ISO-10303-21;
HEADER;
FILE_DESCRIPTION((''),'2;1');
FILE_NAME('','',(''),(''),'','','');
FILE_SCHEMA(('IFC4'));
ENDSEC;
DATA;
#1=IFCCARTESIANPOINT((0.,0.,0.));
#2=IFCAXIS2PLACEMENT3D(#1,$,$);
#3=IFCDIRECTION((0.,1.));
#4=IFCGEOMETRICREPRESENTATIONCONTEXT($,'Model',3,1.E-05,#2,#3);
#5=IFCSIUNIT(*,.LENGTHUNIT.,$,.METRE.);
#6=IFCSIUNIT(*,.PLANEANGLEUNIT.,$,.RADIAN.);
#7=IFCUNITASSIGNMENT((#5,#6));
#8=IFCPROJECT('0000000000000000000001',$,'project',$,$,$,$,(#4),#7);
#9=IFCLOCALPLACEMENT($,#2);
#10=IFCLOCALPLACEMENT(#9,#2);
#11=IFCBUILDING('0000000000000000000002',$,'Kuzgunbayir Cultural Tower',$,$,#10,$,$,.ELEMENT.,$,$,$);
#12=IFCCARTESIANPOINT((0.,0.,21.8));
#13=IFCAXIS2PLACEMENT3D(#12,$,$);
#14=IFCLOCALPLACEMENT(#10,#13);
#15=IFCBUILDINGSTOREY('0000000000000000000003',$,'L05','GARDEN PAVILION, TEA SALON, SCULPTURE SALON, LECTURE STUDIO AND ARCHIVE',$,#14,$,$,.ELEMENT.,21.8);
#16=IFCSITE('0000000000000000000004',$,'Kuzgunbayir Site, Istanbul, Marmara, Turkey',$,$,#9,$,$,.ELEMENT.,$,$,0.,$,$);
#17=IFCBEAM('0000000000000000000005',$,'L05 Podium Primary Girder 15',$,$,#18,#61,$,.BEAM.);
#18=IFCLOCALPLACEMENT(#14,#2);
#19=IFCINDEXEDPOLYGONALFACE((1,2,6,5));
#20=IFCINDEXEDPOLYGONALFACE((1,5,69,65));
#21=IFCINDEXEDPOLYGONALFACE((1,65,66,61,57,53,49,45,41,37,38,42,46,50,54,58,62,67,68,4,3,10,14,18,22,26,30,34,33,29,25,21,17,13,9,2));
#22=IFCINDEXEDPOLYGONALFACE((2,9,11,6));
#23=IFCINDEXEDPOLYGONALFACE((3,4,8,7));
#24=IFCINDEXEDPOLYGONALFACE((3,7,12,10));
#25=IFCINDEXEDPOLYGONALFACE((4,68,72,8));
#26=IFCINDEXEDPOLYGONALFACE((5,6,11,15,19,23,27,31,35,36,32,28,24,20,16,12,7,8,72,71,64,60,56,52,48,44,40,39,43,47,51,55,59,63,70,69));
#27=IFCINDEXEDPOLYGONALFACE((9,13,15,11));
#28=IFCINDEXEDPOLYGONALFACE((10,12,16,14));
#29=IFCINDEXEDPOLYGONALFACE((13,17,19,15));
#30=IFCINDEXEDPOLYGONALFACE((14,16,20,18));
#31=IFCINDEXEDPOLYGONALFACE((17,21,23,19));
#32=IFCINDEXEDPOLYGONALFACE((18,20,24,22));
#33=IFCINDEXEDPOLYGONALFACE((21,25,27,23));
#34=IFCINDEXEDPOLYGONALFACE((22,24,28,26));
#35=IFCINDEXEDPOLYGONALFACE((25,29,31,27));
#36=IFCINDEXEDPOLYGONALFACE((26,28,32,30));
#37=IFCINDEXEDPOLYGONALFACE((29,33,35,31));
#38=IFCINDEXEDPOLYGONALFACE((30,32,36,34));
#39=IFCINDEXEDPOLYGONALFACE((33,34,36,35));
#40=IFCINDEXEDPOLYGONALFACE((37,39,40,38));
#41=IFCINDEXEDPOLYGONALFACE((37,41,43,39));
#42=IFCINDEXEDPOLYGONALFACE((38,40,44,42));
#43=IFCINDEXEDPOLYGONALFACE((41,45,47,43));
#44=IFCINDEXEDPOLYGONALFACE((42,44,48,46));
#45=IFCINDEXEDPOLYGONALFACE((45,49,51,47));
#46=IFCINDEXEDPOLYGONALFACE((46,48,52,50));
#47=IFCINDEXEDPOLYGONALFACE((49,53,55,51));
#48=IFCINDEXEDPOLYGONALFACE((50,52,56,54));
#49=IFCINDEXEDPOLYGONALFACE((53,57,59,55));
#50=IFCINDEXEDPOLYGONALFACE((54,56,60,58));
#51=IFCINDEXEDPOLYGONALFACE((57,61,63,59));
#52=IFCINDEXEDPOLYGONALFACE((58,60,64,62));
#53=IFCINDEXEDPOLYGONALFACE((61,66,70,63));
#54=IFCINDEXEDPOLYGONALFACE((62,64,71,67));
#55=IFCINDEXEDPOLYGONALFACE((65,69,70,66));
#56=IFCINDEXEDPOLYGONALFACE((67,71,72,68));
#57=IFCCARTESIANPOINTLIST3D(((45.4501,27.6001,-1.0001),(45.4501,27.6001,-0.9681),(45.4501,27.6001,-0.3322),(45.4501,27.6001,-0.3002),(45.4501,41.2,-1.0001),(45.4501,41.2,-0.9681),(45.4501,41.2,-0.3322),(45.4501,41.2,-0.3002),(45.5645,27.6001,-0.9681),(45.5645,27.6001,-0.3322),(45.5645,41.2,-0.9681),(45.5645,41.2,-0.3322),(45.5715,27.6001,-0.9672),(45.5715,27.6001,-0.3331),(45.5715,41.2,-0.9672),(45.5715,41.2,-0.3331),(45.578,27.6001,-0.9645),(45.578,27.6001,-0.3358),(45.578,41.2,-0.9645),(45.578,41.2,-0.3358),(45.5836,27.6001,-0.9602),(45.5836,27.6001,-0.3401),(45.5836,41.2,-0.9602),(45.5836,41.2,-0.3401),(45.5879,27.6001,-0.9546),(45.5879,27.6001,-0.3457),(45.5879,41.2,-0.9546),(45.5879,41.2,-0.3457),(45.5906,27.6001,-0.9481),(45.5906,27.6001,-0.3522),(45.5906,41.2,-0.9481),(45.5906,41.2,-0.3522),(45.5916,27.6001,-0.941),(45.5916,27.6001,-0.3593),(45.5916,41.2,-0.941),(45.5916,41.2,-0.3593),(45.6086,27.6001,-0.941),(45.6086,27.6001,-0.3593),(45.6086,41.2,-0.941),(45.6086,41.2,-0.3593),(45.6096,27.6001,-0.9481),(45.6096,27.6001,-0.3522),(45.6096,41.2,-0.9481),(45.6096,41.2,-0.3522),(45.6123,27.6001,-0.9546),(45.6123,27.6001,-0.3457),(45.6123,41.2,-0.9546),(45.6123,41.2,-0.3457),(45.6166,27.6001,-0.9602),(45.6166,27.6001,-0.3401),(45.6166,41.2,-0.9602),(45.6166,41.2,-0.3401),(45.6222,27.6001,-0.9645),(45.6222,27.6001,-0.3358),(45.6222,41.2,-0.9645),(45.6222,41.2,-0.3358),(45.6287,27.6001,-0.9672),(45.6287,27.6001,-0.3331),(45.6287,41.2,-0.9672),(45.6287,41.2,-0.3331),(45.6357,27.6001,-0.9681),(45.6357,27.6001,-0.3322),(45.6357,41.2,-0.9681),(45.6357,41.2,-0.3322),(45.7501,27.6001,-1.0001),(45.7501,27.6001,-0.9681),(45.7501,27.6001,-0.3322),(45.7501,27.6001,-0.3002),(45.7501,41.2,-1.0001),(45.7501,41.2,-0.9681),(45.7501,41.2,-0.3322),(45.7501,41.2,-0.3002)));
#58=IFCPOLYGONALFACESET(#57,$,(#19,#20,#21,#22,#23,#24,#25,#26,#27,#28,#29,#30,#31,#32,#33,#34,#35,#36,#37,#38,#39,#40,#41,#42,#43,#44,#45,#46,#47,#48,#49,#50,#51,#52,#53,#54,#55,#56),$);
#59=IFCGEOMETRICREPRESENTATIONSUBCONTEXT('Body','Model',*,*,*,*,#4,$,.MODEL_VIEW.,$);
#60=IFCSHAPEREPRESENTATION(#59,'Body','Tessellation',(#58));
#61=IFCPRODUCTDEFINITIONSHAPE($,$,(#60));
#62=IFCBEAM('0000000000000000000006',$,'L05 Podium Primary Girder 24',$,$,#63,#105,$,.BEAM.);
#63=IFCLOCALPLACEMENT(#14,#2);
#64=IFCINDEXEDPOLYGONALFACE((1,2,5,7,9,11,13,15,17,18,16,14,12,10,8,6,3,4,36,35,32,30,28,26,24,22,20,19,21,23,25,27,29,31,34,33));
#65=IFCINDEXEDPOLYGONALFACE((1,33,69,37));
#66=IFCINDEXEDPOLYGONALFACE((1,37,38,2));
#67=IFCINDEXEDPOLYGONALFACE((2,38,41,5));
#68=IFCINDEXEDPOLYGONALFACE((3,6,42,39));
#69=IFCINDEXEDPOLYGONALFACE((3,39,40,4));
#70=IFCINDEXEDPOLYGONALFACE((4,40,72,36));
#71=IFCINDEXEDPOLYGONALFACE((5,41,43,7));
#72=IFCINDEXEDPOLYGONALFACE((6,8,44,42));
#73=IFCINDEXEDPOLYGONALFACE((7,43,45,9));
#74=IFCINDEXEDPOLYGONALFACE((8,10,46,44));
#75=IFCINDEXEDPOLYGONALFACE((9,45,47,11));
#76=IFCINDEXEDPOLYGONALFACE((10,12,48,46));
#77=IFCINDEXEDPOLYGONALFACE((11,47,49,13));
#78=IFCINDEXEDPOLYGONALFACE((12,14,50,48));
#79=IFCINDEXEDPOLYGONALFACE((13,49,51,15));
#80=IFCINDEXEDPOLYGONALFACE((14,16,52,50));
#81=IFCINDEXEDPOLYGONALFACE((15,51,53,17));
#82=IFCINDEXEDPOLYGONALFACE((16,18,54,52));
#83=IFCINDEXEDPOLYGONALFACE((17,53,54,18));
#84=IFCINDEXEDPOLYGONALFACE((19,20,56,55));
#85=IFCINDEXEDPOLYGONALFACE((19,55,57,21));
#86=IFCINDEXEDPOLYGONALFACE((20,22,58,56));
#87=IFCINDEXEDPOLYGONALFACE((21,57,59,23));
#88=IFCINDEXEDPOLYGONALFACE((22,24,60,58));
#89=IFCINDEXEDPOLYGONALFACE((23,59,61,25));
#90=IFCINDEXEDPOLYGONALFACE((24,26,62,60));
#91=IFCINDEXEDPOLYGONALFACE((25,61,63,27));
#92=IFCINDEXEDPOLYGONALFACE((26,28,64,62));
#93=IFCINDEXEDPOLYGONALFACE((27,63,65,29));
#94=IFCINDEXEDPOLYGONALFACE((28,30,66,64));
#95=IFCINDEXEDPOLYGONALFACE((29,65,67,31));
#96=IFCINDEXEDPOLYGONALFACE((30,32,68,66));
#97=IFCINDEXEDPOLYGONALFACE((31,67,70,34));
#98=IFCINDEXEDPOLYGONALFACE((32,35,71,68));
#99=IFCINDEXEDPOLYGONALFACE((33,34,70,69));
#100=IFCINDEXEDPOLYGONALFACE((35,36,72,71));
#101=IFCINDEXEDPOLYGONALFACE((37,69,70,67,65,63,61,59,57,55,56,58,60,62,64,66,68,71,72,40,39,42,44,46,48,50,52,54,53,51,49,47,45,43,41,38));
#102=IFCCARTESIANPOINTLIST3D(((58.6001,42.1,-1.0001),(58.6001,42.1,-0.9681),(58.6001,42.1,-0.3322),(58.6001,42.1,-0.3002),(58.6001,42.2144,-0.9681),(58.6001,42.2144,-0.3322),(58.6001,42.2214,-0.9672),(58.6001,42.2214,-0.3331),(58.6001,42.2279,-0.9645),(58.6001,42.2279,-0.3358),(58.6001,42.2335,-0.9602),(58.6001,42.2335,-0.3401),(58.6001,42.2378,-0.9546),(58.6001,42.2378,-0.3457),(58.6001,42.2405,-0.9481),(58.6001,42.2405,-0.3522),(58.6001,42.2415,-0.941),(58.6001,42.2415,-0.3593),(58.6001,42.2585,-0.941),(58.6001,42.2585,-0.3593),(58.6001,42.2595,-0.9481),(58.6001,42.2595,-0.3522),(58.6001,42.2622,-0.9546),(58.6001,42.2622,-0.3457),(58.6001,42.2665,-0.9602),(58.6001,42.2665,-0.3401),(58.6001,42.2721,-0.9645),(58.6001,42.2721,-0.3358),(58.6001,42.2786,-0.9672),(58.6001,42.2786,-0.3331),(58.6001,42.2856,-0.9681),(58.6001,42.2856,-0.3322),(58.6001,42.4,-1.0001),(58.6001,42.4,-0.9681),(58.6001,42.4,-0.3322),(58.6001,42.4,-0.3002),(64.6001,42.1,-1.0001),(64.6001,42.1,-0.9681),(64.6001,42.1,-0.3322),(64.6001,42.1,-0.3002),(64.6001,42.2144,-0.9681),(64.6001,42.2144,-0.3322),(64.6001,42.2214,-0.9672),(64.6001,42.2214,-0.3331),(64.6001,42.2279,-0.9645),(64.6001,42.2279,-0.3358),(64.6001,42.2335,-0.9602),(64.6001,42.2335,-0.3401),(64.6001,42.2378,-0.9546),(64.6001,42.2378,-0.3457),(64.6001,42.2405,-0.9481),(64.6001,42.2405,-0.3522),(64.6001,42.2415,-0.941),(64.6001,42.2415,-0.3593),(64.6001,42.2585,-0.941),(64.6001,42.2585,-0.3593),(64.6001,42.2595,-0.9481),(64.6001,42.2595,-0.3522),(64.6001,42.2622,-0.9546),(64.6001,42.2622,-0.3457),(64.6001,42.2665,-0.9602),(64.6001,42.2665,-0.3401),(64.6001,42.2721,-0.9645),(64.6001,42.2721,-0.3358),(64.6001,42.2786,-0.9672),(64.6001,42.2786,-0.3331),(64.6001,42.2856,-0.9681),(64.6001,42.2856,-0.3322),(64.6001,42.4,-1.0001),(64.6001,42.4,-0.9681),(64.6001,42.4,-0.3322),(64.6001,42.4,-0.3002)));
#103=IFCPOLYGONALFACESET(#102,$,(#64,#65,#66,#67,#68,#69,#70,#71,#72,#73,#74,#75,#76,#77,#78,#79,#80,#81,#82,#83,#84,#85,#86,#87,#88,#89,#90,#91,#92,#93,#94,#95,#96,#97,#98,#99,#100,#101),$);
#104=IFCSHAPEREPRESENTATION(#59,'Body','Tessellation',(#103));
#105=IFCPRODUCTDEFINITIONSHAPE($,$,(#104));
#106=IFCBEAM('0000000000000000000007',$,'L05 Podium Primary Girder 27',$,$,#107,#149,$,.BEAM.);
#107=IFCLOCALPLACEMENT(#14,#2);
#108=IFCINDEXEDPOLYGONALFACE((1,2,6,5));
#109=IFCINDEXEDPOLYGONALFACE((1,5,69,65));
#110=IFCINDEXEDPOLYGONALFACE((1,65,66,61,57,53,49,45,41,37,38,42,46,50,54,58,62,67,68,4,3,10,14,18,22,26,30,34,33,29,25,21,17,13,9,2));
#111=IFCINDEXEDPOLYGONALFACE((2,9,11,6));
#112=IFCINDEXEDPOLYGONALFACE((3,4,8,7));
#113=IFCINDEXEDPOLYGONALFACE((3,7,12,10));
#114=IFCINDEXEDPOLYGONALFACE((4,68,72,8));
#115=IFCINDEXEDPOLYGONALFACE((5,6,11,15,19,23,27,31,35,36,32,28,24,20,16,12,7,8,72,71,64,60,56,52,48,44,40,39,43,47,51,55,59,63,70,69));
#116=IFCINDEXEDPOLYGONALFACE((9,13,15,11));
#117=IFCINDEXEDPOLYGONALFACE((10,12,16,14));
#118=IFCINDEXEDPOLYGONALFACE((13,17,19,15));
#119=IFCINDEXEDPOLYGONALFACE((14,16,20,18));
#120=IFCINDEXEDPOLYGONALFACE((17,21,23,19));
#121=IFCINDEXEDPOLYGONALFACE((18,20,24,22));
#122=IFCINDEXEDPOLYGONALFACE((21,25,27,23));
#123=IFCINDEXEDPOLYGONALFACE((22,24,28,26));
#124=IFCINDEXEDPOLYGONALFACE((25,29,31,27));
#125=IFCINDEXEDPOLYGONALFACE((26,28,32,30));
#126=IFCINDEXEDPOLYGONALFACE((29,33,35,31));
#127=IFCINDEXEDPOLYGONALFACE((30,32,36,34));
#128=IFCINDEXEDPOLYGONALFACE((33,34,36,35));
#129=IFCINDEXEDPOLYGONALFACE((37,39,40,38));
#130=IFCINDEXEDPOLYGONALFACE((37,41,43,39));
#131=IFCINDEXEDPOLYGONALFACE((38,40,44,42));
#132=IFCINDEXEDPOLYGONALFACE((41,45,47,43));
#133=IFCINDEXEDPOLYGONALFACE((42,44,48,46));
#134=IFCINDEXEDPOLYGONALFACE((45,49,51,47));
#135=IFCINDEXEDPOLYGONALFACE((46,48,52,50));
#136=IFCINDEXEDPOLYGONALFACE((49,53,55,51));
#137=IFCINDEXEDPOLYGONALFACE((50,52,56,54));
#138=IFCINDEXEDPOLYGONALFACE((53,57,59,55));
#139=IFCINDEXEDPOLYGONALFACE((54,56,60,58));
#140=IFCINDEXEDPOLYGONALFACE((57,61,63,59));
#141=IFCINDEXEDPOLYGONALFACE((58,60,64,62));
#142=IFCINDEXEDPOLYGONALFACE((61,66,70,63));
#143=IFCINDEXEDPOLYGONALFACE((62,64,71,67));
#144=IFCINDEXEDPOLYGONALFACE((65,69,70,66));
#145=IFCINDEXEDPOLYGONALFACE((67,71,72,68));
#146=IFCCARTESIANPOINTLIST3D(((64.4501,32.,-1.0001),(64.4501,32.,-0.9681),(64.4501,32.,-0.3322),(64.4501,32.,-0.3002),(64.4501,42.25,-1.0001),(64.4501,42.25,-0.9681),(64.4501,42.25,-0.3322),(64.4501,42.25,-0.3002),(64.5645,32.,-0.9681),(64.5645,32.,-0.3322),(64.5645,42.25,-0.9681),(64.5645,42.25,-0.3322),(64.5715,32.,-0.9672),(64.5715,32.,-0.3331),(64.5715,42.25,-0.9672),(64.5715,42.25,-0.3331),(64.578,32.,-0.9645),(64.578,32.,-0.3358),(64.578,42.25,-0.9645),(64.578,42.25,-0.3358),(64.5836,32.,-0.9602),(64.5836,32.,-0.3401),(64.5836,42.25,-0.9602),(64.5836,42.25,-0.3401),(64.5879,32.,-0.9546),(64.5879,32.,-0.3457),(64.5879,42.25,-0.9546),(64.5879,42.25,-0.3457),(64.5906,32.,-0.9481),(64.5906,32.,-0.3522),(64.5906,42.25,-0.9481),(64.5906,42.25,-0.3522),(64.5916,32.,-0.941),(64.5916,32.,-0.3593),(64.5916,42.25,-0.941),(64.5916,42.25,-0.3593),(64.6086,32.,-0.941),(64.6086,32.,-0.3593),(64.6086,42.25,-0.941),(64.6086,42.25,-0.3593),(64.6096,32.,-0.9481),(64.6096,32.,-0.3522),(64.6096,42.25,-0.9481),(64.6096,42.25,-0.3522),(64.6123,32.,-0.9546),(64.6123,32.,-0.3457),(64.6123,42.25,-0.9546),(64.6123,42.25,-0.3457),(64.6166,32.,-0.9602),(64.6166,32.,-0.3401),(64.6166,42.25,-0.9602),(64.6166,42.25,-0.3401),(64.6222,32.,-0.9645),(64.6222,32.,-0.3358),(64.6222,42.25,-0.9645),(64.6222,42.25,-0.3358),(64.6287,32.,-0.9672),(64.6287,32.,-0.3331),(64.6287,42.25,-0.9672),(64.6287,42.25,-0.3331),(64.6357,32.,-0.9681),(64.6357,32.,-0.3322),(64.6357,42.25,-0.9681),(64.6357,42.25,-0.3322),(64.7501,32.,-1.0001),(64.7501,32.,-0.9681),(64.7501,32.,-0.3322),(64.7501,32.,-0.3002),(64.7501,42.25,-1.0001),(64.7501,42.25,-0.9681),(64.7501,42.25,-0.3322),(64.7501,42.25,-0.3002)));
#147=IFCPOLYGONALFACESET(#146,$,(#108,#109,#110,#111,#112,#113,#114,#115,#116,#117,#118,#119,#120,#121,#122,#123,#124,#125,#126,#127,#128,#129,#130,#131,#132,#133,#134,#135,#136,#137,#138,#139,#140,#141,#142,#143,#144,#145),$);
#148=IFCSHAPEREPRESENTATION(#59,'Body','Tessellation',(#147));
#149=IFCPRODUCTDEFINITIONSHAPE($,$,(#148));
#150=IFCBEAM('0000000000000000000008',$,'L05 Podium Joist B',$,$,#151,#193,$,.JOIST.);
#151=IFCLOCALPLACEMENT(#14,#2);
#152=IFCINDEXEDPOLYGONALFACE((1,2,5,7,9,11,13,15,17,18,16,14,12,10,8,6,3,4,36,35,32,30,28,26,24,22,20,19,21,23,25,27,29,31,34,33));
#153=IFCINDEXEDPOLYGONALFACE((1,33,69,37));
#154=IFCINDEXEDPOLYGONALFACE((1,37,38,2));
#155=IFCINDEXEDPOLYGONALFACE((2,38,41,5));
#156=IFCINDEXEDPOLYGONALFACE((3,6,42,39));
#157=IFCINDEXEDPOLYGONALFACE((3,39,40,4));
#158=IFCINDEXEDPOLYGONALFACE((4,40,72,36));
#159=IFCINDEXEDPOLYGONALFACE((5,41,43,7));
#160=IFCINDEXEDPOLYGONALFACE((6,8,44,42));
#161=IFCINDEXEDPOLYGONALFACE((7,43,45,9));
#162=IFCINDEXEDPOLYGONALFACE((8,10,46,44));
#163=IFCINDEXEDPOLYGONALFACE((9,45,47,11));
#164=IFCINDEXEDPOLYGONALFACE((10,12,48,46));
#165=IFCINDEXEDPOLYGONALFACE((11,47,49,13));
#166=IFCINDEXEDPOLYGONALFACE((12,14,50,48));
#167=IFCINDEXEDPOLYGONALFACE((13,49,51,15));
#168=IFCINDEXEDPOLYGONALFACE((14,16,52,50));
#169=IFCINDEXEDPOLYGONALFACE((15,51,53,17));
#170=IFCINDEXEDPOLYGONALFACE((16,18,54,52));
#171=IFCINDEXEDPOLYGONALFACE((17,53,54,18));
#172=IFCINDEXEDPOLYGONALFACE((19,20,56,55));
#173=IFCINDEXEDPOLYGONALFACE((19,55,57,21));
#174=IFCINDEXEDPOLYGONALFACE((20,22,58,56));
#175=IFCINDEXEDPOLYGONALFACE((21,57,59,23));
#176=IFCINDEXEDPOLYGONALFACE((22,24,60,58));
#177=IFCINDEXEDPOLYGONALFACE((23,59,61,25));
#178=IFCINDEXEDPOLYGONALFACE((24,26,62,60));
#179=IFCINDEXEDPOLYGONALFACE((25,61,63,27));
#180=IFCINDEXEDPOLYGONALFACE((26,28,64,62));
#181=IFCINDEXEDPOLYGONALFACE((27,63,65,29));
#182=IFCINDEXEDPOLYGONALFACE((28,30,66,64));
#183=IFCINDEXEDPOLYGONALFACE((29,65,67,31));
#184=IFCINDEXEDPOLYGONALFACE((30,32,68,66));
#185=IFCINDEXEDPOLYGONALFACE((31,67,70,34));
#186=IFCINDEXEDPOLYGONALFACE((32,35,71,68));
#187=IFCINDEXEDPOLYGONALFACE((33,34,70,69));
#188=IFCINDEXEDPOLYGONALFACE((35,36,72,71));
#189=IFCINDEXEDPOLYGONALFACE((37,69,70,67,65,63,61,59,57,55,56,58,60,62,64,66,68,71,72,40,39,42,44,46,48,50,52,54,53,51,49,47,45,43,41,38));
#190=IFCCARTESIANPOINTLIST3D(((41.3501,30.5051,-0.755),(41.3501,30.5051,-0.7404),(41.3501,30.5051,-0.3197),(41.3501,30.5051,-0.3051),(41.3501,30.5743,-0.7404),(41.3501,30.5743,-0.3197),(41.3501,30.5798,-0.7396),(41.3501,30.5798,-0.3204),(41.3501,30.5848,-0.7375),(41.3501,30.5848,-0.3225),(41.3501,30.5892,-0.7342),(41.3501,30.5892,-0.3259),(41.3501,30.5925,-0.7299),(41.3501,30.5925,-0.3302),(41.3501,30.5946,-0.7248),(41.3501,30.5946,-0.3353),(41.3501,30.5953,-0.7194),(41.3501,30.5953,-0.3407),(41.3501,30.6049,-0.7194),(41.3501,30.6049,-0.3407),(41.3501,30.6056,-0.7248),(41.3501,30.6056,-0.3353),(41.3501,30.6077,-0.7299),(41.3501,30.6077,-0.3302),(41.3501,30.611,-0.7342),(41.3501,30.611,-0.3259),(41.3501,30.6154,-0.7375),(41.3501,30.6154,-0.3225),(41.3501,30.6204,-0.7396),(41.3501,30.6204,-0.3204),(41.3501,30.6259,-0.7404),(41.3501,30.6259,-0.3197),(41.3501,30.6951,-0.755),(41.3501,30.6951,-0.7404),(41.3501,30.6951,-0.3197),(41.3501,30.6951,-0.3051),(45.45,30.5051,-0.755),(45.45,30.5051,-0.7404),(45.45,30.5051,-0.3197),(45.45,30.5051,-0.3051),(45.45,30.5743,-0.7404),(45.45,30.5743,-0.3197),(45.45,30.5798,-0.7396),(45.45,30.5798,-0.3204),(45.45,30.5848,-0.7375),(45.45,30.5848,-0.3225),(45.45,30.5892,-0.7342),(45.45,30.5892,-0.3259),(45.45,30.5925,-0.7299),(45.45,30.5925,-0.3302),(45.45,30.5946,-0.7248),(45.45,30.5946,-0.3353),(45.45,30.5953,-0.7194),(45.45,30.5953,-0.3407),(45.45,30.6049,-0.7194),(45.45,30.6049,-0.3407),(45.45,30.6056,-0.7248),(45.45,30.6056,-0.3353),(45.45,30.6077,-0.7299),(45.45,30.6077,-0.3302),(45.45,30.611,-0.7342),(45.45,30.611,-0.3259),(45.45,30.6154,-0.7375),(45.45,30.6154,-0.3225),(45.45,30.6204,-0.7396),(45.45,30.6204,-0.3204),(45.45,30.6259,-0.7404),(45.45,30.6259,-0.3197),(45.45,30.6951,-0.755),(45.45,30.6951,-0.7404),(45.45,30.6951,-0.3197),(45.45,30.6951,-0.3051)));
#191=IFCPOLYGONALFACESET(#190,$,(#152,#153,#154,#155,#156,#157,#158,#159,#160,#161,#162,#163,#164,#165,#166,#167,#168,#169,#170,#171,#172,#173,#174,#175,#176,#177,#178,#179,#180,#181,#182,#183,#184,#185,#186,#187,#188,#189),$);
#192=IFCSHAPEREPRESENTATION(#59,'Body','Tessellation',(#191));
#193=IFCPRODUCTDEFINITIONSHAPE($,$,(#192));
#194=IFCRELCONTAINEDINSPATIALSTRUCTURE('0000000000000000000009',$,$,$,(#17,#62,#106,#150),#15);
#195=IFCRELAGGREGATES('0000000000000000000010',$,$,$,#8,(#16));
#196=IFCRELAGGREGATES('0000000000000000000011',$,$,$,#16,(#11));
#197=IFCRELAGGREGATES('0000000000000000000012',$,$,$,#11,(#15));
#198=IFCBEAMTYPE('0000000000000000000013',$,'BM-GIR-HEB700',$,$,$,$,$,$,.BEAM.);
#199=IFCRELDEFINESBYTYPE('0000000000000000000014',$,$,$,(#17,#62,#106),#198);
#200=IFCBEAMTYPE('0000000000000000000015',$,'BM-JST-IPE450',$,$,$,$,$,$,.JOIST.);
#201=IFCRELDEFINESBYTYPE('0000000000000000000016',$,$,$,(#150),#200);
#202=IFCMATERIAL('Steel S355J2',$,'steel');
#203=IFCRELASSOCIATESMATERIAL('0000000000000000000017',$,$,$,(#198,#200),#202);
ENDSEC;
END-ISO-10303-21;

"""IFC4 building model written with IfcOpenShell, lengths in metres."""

from ifc_helpers import new_model, si_unit, direction, frame, origin, origin_2d, place, context, subcontext, project, spatial, i_section, extrude, material, material_profile, profile_set, type_object, element, save


model = new_model("IFC4")

# Units and contexts
model_context = context("Model", 3, precision=1e-05, world=origin(), true_north=direction((0.0, 1.0)))
body_context = subcontext(model_context, "Body", "Model", "MODEL_VIEW")
ifc_project = project(units=[si_unit("LENGTHUNIT", "METRE"), si_unit("PLANEANGLEUNIT", "RADIAN")], contexts=[model_context])

# Site, building, storey
site_placement = place(None, origin())
site = spatial("IfcSite", under=ifc_project, at=site_placement, Name="Kuzgunbayir Site, Istanbul, Marmara, Turkey", CompositionType="ELEMENT", RefElevation=0.0)
building_placement = place(site_placement, origin())
building = spatial("IfcBuilding", under=site, at=building_placement, Name="Kuzgunbayir Cultural Tower", CompositionType="ELEMENT")
storey_placement = place(building_placement, frame((0.0, 0.0, 21.8)))
storey = spatial("IfcBuildingStorey", under=building, at=storey_placement, Name="L05", Description="GARDEN PAVILION, TEA SALON, SCULPTURE SALON, LECTURE STUDIO AND ARCHIVE", CompositionType="ELEMENT", Elevation=21.8)

# Beams
ifc_material_1 = material(Name="Steel S355J2", Category="steel")
ifc_material_profile_1 = material_profile(ifc_material_1, i_section(OverallWidth=0.3, OverallDepth=0.7, WebThickness=0.0171, FlangeThickness=0.032, FilletRadius=0.0271, at=origin_2d()), Name="HEB 700")
ifc_profile_set_1 = profile_set([ifc_material_profile_1], Name="Steel S355J2")
beam_type_1 = type_object("IfcBeamType", Name="BM-GIR-HEB700", PredefinedType="BEAM", material=ifc_profile_set_1)
for number, where, z_axis, x_axis, name in (
    (1, (45.6001, 27.6001, -0.6501), (0.0, 1.0, 0.0), (-1.0, 0.0, 0.0), "L05 Podium Primary Girder 15"),
):
    element("IfcBeam", number, at=place(storey_placement, frame(where, z_axis=z_axis, x_axis=x_axis)), inside=storey, type_object=beam_type_1, Name=name, PredefinedType="BEAM", context=body_context, shape_type="SweptSolid", body=[
        extrude(i_section(OverallWidth=0.3, OverallDepth=0.7, WebThickness=0.0171, FlangeThickness=0.032, FilletRadius=0.0271, at=origin_2d()), origin(), (0.0, 0.0, 1.0), 13.5999),
    ])
beam_1_placement = place(storey_placement, frame((58.6001, 42.25, -0.6501), z_axis=(1.0, 0.0, 0.0), x_axis=(0.0, 1.0, 0.0)))
element("IfcBeam", 2, at=beam_1_placement, inside=storey, type_object=beam_type_1, Name="L05 Podium Primary Girder 24", PredefinedType="BEAM", context=body_context, shape_type="SweptSolid", body=[
    extrude(i_section(OverallWidth=0.3, OverallDepth=0.7, WebThickness=0.0171, FlangeThickness=0.032, FilletRadius=0.0271, at=origin_2d()), origin(), (0.0, 0.0, 1.0), 6.0),
])
beam_2_placement = place(storey_placement, frame((64.6001, 32.0, -0.6501), z_axis=(0.0, 1.0, 0.0), x_axis=(-1.0, 0.0, 0.0)))
element("IfcBeam", 3, at=beam_2_placement, inside=storey, type_object=beam_type_1, Name="L05 Podium Primary Girder 27", PredefinedType="BEAM", context=body_context, shape_type="SweptSolid", body=[
    extrude(i_section(OverallWidth=0.3, OverallDepth=0.7, WebThickness=0.0171, FlangeThickness=0.032, FilletRadius=0.0271, at=origin_2d()), origin(), (0.0, 0.0, 1.0), 10.25),
])
ifc_material_profile_2 = material_profile(ifc_material_1, i_section(OverallWidth=0.1899, OverallDepth=0.45, WebThickness=0.0095, FlangeThickness=0.0146, FilletRadius=0.021, at=origin_2d()), Name="IPE 450")
ifc_profile_set_2 = profile_set([ifc_material_profile_2], Name="Steel S355J2")
beam_type_2 = type_object("IfcBeamType", Name="BM-JST-IPE450", PredefinedType="JOIST", material=ifc_profile_set_2)
for number, where, z_axis, x_axis, name in (
    (4, (41.3501, 30.6001, -0.53), (1.0, 0.0, 0.0), (0.0, 1.0, 0.0), "L05 Podium Joist B"),
):
    element("IfcBeam", number, at=place(storey_placement, frame(where, z_axis=z_axis, x_axis=x_axis)), inside=storey, type_object=beam_type_2, Name=name, PredefinedType="JOIST", context=body_context, shape_type="SweptSolid", body=[
        extrude(i_section(OverallWidth=0.1899, OverallDepth=0.45, WebThickness=0.0095, FlangeThickness=0.0146, FilletRadius=0.021, at=origin_2d()), origin(), (0.0, 0.0, 1.0), 4.0999),
    ])

save(model, "model.ifc")
